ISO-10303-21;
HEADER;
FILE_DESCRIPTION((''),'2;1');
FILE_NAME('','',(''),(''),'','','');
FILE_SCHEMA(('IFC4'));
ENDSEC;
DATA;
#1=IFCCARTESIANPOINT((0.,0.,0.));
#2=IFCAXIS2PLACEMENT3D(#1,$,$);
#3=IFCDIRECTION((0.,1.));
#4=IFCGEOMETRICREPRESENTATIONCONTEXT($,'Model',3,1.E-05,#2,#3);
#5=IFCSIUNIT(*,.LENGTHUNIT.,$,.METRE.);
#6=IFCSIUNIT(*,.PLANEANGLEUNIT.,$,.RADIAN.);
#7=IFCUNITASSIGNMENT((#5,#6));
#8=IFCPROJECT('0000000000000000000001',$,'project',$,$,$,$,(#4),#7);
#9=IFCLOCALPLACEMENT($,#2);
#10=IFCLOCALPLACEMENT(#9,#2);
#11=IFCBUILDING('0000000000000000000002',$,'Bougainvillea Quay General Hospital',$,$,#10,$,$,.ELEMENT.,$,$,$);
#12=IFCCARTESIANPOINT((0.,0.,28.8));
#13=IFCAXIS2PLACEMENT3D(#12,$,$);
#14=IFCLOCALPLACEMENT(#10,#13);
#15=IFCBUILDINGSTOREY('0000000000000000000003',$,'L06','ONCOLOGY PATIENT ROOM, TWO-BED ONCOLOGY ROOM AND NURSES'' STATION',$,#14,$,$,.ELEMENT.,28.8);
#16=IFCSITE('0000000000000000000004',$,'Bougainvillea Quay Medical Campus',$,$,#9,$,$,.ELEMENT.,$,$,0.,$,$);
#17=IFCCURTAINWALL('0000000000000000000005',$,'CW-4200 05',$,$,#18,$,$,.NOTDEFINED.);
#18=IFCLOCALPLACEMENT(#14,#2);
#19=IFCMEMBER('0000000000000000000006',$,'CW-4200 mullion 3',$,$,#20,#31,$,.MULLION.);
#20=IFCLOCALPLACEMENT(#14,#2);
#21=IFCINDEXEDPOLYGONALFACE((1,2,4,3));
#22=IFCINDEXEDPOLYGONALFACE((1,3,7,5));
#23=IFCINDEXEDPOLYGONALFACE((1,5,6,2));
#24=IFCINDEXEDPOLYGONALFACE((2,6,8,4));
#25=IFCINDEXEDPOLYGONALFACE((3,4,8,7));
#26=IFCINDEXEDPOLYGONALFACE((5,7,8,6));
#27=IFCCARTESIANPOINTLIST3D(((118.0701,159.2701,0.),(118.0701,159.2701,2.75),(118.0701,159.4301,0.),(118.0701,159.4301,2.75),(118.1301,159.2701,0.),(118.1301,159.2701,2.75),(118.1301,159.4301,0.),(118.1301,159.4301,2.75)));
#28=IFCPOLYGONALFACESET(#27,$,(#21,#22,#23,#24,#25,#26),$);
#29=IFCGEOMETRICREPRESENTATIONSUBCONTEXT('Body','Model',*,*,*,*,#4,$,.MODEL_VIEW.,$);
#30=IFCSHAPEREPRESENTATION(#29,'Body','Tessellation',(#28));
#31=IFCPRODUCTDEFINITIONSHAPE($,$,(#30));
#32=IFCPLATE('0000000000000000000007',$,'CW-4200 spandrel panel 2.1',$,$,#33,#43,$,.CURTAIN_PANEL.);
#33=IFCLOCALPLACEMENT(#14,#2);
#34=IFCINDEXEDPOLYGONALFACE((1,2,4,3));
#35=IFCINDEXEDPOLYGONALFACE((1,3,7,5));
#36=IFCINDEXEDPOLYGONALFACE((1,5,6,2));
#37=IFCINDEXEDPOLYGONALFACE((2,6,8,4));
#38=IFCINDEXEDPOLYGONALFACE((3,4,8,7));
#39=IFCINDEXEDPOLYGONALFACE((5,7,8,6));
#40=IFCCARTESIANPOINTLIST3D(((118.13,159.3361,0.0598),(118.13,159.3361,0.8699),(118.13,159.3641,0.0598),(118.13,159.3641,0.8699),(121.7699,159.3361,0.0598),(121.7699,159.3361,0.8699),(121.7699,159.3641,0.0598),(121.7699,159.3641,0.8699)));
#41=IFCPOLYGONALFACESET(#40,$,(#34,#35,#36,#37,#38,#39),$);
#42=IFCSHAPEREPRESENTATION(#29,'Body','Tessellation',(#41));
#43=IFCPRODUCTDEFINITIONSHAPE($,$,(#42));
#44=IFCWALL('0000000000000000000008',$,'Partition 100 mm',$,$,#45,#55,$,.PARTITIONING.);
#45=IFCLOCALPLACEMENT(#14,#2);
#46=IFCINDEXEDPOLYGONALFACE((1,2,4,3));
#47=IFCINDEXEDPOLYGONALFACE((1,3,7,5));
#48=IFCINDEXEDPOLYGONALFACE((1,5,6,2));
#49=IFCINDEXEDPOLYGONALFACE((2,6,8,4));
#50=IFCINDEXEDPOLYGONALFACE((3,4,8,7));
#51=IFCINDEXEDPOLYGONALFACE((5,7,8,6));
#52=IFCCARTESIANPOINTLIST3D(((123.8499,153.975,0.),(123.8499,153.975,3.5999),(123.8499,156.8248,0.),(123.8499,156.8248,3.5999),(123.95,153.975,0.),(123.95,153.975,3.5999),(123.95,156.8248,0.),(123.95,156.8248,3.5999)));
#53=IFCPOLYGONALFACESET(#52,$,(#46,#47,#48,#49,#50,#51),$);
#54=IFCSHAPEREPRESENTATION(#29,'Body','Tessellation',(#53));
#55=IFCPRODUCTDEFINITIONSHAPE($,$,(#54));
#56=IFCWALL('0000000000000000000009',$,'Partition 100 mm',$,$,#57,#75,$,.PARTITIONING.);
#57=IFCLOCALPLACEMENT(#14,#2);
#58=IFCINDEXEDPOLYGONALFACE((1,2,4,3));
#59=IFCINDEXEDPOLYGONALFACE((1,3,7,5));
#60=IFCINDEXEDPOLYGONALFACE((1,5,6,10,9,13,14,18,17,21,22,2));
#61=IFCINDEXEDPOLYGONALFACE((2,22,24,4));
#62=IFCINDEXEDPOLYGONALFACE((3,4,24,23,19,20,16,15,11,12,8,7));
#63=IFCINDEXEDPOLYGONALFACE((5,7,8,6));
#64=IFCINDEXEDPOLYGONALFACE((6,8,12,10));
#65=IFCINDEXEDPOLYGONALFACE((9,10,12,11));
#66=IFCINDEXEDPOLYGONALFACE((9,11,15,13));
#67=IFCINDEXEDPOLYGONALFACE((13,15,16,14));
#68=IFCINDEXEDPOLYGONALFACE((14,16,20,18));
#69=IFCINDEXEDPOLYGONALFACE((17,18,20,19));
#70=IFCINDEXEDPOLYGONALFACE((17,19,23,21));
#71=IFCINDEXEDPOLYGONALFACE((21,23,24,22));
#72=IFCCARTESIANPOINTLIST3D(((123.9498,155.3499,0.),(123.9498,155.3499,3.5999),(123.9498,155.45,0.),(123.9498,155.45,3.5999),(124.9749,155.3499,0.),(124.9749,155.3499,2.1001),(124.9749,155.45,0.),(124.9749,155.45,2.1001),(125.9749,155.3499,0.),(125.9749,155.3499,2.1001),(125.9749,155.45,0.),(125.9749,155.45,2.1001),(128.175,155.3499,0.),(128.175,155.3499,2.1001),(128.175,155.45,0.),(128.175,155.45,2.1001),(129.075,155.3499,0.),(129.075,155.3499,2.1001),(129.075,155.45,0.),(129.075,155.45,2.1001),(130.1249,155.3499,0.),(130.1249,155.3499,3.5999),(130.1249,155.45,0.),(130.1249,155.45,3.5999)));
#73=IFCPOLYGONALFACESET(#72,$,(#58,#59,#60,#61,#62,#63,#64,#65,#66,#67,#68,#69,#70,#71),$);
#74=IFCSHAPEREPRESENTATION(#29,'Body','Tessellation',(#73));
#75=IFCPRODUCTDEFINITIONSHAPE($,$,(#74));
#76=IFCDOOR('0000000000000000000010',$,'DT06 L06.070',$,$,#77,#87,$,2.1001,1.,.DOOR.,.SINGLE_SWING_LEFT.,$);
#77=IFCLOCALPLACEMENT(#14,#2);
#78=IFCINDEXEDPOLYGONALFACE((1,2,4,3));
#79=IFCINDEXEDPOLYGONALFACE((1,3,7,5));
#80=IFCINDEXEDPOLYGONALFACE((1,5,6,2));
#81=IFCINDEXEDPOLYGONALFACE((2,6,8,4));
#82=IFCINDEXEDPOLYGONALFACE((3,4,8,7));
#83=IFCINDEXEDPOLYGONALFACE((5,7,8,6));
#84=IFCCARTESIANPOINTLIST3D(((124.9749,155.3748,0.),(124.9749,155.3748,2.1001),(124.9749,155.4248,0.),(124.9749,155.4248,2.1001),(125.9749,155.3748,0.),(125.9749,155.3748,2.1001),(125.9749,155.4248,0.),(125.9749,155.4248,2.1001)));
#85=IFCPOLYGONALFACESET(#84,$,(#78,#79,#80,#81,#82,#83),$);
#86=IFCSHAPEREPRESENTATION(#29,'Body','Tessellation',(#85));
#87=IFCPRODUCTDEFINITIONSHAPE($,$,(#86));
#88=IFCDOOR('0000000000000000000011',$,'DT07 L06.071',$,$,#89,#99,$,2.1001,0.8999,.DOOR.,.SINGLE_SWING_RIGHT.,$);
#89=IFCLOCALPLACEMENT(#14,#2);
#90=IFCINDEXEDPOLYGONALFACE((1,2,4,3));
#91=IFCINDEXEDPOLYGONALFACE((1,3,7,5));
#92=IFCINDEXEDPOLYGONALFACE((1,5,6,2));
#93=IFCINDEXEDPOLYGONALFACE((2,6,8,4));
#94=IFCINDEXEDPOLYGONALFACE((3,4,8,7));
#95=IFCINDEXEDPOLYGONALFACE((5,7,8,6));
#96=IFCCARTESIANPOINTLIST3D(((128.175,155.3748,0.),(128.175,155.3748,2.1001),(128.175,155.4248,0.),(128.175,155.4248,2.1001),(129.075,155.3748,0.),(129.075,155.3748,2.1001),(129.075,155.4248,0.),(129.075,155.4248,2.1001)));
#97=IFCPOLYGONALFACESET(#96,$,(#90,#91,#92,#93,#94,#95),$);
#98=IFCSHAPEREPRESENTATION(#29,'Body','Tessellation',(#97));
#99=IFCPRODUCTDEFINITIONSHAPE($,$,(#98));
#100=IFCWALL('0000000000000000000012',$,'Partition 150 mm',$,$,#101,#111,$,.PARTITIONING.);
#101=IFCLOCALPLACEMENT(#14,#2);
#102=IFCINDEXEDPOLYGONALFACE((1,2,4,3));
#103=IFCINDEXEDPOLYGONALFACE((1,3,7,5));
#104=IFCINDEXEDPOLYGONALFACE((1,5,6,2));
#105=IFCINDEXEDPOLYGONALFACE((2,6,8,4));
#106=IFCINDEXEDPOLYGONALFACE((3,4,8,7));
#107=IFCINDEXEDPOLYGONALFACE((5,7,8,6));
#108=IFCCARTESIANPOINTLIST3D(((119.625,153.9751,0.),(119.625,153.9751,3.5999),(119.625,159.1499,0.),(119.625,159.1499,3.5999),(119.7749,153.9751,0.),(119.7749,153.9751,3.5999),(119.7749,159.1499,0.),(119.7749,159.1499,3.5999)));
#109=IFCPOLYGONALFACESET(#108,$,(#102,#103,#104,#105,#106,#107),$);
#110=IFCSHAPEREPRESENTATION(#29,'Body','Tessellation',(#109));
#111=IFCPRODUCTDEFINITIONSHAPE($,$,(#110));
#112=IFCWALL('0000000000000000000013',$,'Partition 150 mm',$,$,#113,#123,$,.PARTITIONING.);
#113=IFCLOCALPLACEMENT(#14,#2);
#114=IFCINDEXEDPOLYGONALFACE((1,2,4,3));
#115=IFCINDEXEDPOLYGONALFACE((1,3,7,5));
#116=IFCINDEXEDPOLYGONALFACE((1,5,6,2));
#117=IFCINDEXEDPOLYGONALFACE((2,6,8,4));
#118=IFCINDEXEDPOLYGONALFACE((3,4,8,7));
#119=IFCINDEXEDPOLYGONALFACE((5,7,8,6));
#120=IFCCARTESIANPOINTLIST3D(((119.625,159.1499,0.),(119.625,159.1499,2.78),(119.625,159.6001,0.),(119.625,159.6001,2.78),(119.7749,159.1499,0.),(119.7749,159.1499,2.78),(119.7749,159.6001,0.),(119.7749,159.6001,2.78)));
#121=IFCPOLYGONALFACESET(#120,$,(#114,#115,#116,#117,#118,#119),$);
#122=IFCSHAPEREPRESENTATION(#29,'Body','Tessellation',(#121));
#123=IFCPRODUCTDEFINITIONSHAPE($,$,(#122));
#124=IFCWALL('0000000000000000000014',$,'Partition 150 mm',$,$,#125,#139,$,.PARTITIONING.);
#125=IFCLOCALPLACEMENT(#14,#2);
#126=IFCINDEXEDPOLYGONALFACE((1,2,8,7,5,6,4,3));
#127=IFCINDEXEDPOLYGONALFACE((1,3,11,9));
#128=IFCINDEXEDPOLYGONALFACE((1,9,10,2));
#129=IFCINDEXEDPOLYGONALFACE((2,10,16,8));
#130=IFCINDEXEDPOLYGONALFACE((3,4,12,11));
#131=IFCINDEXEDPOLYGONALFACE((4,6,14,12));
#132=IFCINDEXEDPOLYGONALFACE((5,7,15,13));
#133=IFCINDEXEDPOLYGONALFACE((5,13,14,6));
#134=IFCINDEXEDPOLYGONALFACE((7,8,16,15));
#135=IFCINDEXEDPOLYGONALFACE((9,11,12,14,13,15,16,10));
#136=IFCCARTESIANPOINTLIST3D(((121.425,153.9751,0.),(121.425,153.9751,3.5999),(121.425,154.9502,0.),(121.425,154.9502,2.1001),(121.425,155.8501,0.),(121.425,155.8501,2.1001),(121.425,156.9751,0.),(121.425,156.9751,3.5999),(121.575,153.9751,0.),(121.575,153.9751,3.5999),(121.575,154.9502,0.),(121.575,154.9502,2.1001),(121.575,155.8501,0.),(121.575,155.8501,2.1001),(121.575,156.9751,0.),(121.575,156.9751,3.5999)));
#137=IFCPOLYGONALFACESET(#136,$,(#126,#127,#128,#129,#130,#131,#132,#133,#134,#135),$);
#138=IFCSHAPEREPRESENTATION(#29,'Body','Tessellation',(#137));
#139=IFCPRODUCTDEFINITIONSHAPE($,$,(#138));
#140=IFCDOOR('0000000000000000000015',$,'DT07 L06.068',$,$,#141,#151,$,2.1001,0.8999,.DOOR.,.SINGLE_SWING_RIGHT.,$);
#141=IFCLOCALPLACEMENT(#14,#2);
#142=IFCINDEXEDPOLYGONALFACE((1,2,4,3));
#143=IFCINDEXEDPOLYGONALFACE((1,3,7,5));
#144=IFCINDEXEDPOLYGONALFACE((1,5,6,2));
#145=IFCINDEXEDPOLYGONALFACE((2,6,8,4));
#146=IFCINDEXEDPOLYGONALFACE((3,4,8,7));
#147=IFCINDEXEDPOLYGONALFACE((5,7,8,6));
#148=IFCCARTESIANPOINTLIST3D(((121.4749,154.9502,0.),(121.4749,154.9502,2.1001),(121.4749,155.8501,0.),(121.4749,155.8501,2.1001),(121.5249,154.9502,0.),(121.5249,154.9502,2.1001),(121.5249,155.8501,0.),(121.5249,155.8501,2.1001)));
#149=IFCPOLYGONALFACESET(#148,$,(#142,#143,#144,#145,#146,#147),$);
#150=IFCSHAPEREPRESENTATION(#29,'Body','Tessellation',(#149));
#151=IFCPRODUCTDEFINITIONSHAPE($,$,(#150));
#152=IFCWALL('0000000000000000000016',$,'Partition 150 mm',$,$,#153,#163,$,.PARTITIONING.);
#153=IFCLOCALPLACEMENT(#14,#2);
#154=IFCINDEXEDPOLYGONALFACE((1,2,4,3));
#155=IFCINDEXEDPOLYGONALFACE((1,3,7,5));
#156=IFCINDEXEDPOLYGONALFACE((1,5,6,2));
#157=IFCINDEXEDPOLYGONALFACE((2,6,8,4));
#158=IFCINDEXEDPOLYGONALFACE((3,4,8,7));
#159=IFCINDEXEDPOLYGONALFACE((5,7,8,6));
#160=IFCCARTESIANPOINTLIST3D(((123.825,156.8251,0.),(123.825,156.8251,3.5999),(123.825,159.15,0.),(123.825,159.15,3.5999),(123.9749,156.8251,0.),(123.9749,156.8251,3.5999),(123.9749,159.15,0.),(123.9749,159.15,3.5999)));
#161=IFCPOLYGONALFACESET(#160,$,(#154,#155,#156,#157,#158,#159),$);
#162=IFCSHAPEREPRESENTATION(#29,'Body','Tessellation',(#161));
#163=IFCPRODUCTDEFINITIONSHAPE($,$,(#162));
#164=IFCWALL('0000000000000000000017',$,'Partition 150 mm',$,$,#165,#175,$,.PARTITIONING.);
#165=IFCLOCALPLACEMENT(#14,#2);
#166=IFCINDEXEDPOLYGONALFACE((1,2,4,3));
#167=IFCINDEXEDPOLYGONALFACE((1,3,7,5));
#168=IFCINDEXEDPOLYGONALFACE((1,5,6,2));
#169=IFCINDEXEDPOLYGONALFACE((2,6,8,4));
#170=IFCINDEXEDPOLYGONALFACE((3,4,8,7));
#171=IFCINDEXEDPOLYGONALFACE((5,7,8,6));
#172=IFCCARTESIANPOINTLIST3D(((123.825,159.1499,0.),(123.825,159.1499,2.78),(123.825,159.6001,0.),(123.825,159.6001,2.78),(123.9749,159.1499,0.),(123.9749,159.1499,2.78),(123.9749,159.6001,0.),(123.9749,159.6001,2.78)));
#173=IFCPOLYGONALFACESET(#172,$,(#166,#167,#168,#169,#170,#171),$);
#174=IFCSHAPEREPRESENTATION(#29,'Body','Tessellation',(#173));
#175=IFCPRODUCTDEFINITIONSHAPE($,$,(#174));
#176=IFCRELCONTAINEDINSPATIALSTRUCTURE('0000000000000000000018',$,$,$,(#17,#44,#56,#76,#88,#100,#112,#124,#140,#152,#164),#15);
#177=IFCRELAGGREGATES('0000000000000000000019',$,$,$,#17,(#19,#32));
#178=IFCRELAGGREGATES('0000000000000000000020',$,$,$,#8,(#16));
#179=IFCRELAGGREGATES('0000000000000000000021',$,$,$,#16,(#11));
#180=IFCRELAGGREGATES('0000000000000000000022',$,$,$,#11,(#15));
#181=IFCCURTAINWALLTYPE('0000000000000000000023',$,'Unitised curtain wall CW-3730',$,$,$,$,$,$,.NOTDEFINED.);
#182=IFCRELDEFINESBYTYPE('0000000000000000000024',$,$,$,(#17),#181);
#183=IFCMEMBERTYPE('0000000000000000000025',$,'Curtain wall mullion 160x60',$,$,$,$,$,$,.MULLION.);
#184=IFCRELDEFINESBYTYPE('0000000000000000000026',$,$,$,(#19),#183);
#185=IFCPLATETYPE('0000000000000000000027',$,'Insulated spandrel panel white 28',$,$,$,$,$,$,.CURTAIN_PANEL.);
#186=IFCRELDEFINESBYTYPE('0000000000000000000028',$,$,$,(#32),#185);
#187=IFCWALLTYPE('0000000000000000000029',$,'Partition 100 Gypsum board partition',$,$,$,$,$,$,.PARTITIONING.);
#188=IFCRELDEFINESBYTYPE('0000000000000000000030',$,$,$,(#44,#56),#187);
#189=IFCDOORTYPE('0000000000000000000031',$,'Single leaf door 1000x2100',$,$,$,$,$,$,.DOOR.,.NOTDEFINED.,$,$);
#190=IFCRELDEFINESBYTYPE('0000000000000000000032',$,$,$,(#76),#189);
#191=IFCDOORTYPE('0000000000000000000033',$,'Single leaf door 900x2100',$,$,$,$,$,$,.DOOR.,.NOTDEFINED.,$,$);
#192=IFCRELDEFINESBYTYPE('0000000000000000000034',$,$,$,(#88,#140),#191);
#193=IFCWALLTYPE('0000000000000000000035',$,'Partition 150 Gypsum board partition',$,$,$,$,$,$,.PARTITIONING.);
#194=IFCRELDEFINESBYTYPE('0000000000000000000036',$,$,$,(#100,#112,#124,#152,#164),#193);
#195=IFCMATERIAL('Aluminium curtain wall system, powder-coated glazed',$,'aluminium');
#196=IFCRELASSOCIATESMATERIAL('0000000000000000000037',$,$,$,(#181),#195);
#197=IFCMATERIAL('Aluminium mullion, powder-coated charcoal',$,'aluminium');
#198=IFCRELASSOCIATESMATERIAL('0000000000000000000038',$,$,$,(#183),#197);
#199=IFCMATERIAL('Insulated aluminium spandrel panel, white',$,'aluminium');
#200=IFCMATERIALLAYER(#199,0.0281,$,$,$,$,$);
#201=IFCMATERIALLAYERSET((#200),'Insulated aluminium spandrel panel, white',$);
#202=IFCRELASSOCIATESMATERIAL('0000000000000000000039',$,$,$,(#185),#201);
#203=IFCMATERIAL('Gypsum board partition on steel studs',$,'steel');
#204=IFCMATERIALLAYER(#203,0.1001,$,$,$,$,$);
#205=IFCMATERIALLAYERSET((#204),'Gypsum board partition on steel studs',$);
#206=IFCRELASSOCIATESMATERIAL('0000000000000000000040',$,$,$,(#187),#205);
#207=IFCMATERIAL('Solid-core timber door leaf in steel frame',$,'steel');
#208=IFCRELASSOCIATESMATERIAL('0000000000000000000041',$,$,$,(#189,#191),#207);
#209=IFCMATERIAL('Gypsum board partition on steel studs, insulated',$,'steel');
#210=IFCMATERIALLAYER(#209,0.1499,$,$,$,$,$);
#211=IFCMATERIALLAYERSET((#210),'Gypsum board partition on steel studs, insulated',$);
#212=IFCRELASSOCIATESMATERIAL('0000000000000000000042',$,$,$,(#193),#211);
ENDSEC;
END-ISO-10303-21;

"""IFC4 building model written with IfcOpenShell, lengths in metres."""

from ifc_helpers import new_model, si_unit, direction, frame, frame_2d, origin, origin_2d, place, context, subcontext, project, spatial, rectangle, extrude, material, layer, layer_set, material_profile, profile_set, type_object, element, fill, aggregate, save


model = new_model("IFC4")

# Units and contexts
model_context = context("Model", 3, precision=1e-05, world=origin(), true_north=direction((0.0, 1.0)))
body_context = subcontext(model_context, "Body", "Model", "MODEL_VIEW")
ifc_project = project(units=[si_unit("LENGTHUNIT", "METRE"), si_unit("PLANEANGLEUNIT", "RADIAN")], contexts=[model_context])

# Site, building, storey
site_placement = place(None, origin())
site = spatial("IfcSite", under=ifc_project, at=site_placement, Name="Bougainvillea Quay Medical Campus", CompositionType="ELEMENT", RefElevation=0.0)
building_placement = place(site_placement, origin())
building = spatial("IfcBuilding", under=site, at=building_placement, Name="Bougainvillea Quay General Hospital", CompositionType="ELEMENT")
storey_placement = place(building_placement, frame((0.0, 0.0, 28.8)))
storey = spatial("IfcBuildingStorey", under=building, at=storey_placement, Name="L06", Description="ONCOLOGY PATIENT ROOM, TWO-BED ONCOLOGY ROOM AND NURSES' STATION", CompositionType="ELEMENT", Elevation=28.8)

# Curtain wall, member, plate
ifc_material_1 = material(Name="Aluminium curtain wall system, powder-coated glazed", Category="aluminium")
curtain_wall_type = type_object("IfcCurtainWallType", Name="Unitised curtain wall CW-3730", PredefinedType="NOTDEFINED", material=ifc_material_1)
curtain_wall_placement = place(storey_placement, origin())
curtain_wall = element("IfcCurtainWall", 1, at=curtain_wall_placement, inside=storey, type_object=curtain_wall_type, Name="CW-4200 05", PredefinedType="NOTDEFINED")
ifc_material_2 = material(Name="Aluminium mullion, powder-coated charcoal", Category="aluminium")
ifc_material_profile = material_profile(ifc_material_2, rectangle(XDim=0.1599, YDim=0.0601, at=origin_2d()))
ifc_profile_set = profile_set([ifc_material_profile], Name="Aluminium mullion, powder-coated charcoal")
member_type = type_object("IfcMemberType", Name="Curtain wall mullion 160x60", PredefinedType="MULLION", material=ifc_profile_set)
member_placement = place(storey_placement, frame((118.1001, 159.3501, 0.0), z_axis=(0.0, 0.0, 1.0), x_axis=(0.0, -1.0, 0.0)))
member = element("IfcMember", 2, at=member_placement, type_object=member_type, Name="CW-4200 mullion 3", PredefinedType="MULLION", context=body_context, shape_type="SweptSolid", body=[
    extrude(rectangle(XDim=0.1599, YDim=0.0601, at=origin_2d()), origin(), (0.0, 0.0, 1.0), 2.75),
])
ifc_material_3 = material(Name="Insulated aluminium spandrel panel, white", Category="aluminium")
ifc_layer_1 = layer(ifc_material_3, 0.0281)
ifc_layer_set_1 = layer_set([ifc_layer_1], Name="Insulated aluminium spandrel panel, white")
plate_type = type_object("IfcPlateType", Name="Insulated spandrel panel white 28", PredefinedType="CURTAIN_PANEL", material=ifc_layer_set_1)
plate_placement = place(storey_placement, frame((119.95, 159.3501, 0.0598), z_axis=(0.0, 0.0, 1.0), x_axis=(-1.0, 0.0, 0.0)))
plate = element("IfcPlate", 3, at=plate_placement, type_object=plate_type, Name="CW-4200 spandrel panel 2.1", PredefinedType="CURTAIN_PANEL", context=body_context, shape_type="SweptSolid", body=[
    extrude(rectangle(XDim=3.6399, YDim=0.0281, at=origin_2d()), origin(), (0.0, 0.0, 1.0), 0.8101),
])
aggregate(curtain_wall, [member, plate])

# Wall
ifc_material_4 = material(Name="Gypsum board partition on steel studs", Category="steel")
ifc_layer_2 = layer(ifc_material_4, 0.1001)
ifc_layer_set_2 = layer_set([ifc_layer_2], Name="Gypsum board partition on steel studs")
wall_type_1 = type_object("IfcWallType", Name="Partition 100 Gypsum board partition", PredefinedType="PARTITIONING", material=ifc_layer_set_2)
wall_1_placement = place(storey_placement, frame((123.8999, 153.9751, 0.0), z_axis=(0.0, 0.0, 1.0), x_axis=(0.0, 1.0, 0.0)))
element("IfcWall", 4, at=wall_1_placement, inside=storey, type_object=wall_type_1, Name="Partition 100 mm", PredefinedType="PARTITIONING", context=body_context, shape_type="SweptSolid", body=[
    extrude(rectangle(XDim=2.8499, YDim=0.1001, at=frame_2d((1.4248, 0.0))), origin(), (0.0, 0.0, 1.0), 3.5999),
])

# Wall, openings, doors
wall_2_placement = place(storey_placement, frame((123.95, 155.3999, 0.0), z_axis=(0.0, 0.0, 1.0), x_axis=(1.0, 0.0, 0.0)))
wall_2 = element("IfcWall", 5, at=wall_2_placement, inside=storey, type_object=wall_type_1, Name="Partition 100 mm", PredefinedType="PARTITIONING", context=body_context, shape_type="SweptSolid", body=[
    extrude(rectangle(XDim=6.175, YDim=0.1001, at=frame_2d((3.0874, 0.0))), origin(), (0.0, 0.0, 1.0), 3.5999),
])
opening_1_placement = place(wall_2_placement, frame((1.0249, 0.0, 0.0)))
opening_1 = element("IfcOpeningElement", 6, at=opening_1_placement, cuts=wall_2, PredefinedType="OPENING", context=body_context, shape_type="SweptSolid", body=[
    extrude(rectangle(XDim=1.0, YDim=2.1001, at=frame_2d((0.5, 1.05))), frame((0.0, 0.0601, 0.0), z_axis=(0.0, -1.0, 0.0), x_axis=(1.0, 0.0, 0.0)), (0.0, 0.0, 1.0), 0.1201),
])
opening_2_placement = place(wall_2_placement, frame((4.2251, 0.0, 0.0)))
opening_2 = element("IfcOpeningElement", 7, at=opening_2_placement, cuts=wall_2, PredefinedType="OPENING", context=body_context, shape_type="SweptSolid", body=[
    extrude(rectangle(XDim=0.8999, YDim=2.1001, at=frame_2d((0.45, 1.05))), frame((0.0, 0.0601, 0.0), z_axis=(0.0, -1.0, 0.0), x_axis=(1.0, 0.0, 0.0)), (0.0, 0.0, 1.0), 0.1201),
])
ifc_material_5 = material(Name="Solid-core timber door leaf in steel frame", Category="steel")
door_type_1 = type_object("IfcDoorType", Name="Single leaf door 1000x2100", OperationType="NOTDEFINED", PredefinedType="DOOR", material=ifc_material_5)
door_1_placement = place(opening_1_placement, origin())
door_1 = element("IfcDoor", 8, at=door_1_placement, inside=storey, type_object=door_type_1, Name="DT06 L06.070", OperationType="SINGLE_SWING_LEFT", OverallHeight=2.1001, OverallWidth=1.0, PredefinedType="DOOR", context=body_context, shape_type="SweptSolid", body=[
    extrude(rectangle(XDim=1.0, YDim=2.1001, at=frame_2d((0.5, 1.05))), frame((0.0, 0.0249, 0.0), z_axis=(0.0, -1.0, 0.0), x_axis=(1.0, 0.0, 0.0)), (0.0, 0.0, 1.0), 0.05),
])
fill(opening_1, door_1)
door_type_2 = type_object("IfcDoorType", Name="Single leaf door 900x2100", OperationType="NOTDEFINED", PredefinedType="DOOR", material=ifc_material_5)
door_2_placement = place(opening_2_placement, origin())
door_2 = element("IfcDoor", 9, at=door_2_placement, inside=storey, type_object=door_type_2, Name="DT07 L06.071", OperationType="SINGLE_SWING_RIGHT", OverallHeight=2.1001, OverallWidth=0.8999, PredefinedType="DOOR", context=body_context, shape_type="SweptSolid", body=[
    extrude(rectangle(XDim=0.8999, YDim=2.1001, at=frame_2d((0.45, 1.05))), frame((0.0, 0.0249, 0.0), z_axis=(0.0, -1.0, 0.0), x_axis=(1.0, 0.0, 0.0)), (0.0, 0.0, 1.0), 0.05),
])
fill(opening_2, door_2)

# Walls
ifc_material_6 = material(Name="Gypsum board partition on steel studs, insulated", Category="steel")
ifc_layer_3 = layer(ifc_material_6, 0.1499)
ifc_layer_set_3 = layer_set([ifc_layer_3], Name="Gypsum board partition on steel studs, insulated")
wall_type_2 = type_object("IfcWallType", Name="Partition 150 Gypsum board partition", PredefinedType="PARTITIONING", material=ifc_layer_set_3)
wall_3_placement = place(storey_placement, frame((119.7, 153.9751, 0.0), z_axis=(0.0, 0.0, 1.0), x_axis=(0.0, 1.0, 0.0)))
element("IfcWall", 10, at=wall_3_placement, inside=storey, type_object=wall_type_2, Name="Partition 150 mm", PredefinedType="PARTITIONING", context=body_context, shape_type="SweptSolid", body=[
    extrude(rectangle(XDim=5.1748, YDim=0.1499, at=frame_2d((2.5874, 0.0))), origin(), (0.0, 0.0, 1.0), 3.5999),
])
wall_4_placement = place(storey_placement, frame((119.7, 159.1499, 0.0), z_axis=(0.0, 0.0, 1.0), x_axis=(0.0, 1.0, 0.0)))
element("IfcWall", 11, at=wall_4_placement, inside=storey, type_object=wall_type_2, Name="Partition 150 mm", PredefinedType="PARTITIONING", context=body_context, shape_type="SweptSolid", body=[
    extrude(rectangle(XDim=0.4502, YDim=0.1499, at=frame_2d((0.2251, 0.0))), origin(), (0.0, 0.0, 1.0), 2.78),
])

# Wall, opening, door
wall_5_placement = place(storey_placement, frame((121.5, 153.9751, 0.0), z_axis=(0.0, 0.0, 1.0), x_axis=(0.0, 1.0, 0.0)))
wall_5 = element("IfcWall", 12, at=wall_5_placement, inside=storey, type_object=wall_type_2, Name="Partition 150 mm", PredefinedType="PARTITIONING", context=body_context, shape_type="SweptSolid", body=[
    extrude(rectangle(XDim=3.0, YDim=0.1499, at=frame_2d((1.5, 0.0))), origin(), (0.0, 0.0, 1.0), 3.5999),
])
opening_3_placement = place(wall_5_placement, frame((0.9751, 0.0, 0.0)))
opening_3 = element("IfcOpeningElement", 13, at=opening_3_placement, cuts=wall_5, PredefinedType="OPENING", context=body_context, shape_type="SweptSolid", body=[
    extrude(rectangle(XDim=0.8999, YDim=2.1001, at=frame_2d((0.45, 1.05))), frame((0.0, 0.085, 0.0), z_axis=(0.0, -1.0, 0.0), x_axis=(1.0, 0.0, 0.0)), (0.0, 0.0, 1.0), 0.1699),
])
door_3_placement = place(opening_3_placement, frame((0.8999, 0.0, 0.0), z_axis=(0.0, 0.0, 1.0), x_axis=(-1.0, 0.0, 0.0)))
door_3 = element("IfcDoor", 14, at=door_3_placement, inside=storey, type_object=door_type_2, Name="DT07 L06.068", OperationType="SINGLE_SWING_RIGHT", OverallHeight=2.1001, OverallWidth=0.8999, PredefinedType="DOOR", context=body_context, shape_type="SweptSolid", body=[
    extrude(rectangle(XDim=0.8999, YDim=2.1001, at=frame_2d((0.45, 1.05))), frame((0.0, 0.0249, 0.0), z_axis=(0.0, -1.0, 0.0), x_axis=(1.0, 0.0, 0.0)), (0.0, 0.0, 1.0), 0.05),
])
fill(opening_3, door_3)

# Walls
wall_6_placement = place(storey_placement, frame((123.8999, 156.825, 0.0), z_axis=(0.0, 0.0, 1.0), x_axis=(0.0, 1.0, 0.0)))
element("IfcWall", 15, at=wall_6_placement, inside=storey, type_object=wall_type_2, Name="Partition 150 mm", PredefinedType="PARTITIONING", context=body_context, shape_type="SweptSolid", body=[
    extrude(rectangle(XDim=2.325, YDim=0.1499, at=frame_2d((1.1626, 0.0))), origin(), (0.0, 0.0, 1.0), 3.5999),
])
wall_7_placement = place(storey_placement, frame((123.8999, 159.1499, 0.0), z_axis=(0.0, 0.0, 1.0), x_axis=(0.0, 1.0, 0.0)))
element("IfcWall", 16, at=wall_7_placement, inside=storey, type_object=wall_type_2, Name="Partition 150 mm", PredefinedType="PARTITIONING", context=body_context, shape_type="SweptSolid", body=[
    extrude(rectangle(XDim=0.4502, YDim=0.1499, at=frame_2d((0.2251, 0.0))), origin(), (0.0, 0.0, 1.0), 2.78),
])

save(model, "model.ifc")
